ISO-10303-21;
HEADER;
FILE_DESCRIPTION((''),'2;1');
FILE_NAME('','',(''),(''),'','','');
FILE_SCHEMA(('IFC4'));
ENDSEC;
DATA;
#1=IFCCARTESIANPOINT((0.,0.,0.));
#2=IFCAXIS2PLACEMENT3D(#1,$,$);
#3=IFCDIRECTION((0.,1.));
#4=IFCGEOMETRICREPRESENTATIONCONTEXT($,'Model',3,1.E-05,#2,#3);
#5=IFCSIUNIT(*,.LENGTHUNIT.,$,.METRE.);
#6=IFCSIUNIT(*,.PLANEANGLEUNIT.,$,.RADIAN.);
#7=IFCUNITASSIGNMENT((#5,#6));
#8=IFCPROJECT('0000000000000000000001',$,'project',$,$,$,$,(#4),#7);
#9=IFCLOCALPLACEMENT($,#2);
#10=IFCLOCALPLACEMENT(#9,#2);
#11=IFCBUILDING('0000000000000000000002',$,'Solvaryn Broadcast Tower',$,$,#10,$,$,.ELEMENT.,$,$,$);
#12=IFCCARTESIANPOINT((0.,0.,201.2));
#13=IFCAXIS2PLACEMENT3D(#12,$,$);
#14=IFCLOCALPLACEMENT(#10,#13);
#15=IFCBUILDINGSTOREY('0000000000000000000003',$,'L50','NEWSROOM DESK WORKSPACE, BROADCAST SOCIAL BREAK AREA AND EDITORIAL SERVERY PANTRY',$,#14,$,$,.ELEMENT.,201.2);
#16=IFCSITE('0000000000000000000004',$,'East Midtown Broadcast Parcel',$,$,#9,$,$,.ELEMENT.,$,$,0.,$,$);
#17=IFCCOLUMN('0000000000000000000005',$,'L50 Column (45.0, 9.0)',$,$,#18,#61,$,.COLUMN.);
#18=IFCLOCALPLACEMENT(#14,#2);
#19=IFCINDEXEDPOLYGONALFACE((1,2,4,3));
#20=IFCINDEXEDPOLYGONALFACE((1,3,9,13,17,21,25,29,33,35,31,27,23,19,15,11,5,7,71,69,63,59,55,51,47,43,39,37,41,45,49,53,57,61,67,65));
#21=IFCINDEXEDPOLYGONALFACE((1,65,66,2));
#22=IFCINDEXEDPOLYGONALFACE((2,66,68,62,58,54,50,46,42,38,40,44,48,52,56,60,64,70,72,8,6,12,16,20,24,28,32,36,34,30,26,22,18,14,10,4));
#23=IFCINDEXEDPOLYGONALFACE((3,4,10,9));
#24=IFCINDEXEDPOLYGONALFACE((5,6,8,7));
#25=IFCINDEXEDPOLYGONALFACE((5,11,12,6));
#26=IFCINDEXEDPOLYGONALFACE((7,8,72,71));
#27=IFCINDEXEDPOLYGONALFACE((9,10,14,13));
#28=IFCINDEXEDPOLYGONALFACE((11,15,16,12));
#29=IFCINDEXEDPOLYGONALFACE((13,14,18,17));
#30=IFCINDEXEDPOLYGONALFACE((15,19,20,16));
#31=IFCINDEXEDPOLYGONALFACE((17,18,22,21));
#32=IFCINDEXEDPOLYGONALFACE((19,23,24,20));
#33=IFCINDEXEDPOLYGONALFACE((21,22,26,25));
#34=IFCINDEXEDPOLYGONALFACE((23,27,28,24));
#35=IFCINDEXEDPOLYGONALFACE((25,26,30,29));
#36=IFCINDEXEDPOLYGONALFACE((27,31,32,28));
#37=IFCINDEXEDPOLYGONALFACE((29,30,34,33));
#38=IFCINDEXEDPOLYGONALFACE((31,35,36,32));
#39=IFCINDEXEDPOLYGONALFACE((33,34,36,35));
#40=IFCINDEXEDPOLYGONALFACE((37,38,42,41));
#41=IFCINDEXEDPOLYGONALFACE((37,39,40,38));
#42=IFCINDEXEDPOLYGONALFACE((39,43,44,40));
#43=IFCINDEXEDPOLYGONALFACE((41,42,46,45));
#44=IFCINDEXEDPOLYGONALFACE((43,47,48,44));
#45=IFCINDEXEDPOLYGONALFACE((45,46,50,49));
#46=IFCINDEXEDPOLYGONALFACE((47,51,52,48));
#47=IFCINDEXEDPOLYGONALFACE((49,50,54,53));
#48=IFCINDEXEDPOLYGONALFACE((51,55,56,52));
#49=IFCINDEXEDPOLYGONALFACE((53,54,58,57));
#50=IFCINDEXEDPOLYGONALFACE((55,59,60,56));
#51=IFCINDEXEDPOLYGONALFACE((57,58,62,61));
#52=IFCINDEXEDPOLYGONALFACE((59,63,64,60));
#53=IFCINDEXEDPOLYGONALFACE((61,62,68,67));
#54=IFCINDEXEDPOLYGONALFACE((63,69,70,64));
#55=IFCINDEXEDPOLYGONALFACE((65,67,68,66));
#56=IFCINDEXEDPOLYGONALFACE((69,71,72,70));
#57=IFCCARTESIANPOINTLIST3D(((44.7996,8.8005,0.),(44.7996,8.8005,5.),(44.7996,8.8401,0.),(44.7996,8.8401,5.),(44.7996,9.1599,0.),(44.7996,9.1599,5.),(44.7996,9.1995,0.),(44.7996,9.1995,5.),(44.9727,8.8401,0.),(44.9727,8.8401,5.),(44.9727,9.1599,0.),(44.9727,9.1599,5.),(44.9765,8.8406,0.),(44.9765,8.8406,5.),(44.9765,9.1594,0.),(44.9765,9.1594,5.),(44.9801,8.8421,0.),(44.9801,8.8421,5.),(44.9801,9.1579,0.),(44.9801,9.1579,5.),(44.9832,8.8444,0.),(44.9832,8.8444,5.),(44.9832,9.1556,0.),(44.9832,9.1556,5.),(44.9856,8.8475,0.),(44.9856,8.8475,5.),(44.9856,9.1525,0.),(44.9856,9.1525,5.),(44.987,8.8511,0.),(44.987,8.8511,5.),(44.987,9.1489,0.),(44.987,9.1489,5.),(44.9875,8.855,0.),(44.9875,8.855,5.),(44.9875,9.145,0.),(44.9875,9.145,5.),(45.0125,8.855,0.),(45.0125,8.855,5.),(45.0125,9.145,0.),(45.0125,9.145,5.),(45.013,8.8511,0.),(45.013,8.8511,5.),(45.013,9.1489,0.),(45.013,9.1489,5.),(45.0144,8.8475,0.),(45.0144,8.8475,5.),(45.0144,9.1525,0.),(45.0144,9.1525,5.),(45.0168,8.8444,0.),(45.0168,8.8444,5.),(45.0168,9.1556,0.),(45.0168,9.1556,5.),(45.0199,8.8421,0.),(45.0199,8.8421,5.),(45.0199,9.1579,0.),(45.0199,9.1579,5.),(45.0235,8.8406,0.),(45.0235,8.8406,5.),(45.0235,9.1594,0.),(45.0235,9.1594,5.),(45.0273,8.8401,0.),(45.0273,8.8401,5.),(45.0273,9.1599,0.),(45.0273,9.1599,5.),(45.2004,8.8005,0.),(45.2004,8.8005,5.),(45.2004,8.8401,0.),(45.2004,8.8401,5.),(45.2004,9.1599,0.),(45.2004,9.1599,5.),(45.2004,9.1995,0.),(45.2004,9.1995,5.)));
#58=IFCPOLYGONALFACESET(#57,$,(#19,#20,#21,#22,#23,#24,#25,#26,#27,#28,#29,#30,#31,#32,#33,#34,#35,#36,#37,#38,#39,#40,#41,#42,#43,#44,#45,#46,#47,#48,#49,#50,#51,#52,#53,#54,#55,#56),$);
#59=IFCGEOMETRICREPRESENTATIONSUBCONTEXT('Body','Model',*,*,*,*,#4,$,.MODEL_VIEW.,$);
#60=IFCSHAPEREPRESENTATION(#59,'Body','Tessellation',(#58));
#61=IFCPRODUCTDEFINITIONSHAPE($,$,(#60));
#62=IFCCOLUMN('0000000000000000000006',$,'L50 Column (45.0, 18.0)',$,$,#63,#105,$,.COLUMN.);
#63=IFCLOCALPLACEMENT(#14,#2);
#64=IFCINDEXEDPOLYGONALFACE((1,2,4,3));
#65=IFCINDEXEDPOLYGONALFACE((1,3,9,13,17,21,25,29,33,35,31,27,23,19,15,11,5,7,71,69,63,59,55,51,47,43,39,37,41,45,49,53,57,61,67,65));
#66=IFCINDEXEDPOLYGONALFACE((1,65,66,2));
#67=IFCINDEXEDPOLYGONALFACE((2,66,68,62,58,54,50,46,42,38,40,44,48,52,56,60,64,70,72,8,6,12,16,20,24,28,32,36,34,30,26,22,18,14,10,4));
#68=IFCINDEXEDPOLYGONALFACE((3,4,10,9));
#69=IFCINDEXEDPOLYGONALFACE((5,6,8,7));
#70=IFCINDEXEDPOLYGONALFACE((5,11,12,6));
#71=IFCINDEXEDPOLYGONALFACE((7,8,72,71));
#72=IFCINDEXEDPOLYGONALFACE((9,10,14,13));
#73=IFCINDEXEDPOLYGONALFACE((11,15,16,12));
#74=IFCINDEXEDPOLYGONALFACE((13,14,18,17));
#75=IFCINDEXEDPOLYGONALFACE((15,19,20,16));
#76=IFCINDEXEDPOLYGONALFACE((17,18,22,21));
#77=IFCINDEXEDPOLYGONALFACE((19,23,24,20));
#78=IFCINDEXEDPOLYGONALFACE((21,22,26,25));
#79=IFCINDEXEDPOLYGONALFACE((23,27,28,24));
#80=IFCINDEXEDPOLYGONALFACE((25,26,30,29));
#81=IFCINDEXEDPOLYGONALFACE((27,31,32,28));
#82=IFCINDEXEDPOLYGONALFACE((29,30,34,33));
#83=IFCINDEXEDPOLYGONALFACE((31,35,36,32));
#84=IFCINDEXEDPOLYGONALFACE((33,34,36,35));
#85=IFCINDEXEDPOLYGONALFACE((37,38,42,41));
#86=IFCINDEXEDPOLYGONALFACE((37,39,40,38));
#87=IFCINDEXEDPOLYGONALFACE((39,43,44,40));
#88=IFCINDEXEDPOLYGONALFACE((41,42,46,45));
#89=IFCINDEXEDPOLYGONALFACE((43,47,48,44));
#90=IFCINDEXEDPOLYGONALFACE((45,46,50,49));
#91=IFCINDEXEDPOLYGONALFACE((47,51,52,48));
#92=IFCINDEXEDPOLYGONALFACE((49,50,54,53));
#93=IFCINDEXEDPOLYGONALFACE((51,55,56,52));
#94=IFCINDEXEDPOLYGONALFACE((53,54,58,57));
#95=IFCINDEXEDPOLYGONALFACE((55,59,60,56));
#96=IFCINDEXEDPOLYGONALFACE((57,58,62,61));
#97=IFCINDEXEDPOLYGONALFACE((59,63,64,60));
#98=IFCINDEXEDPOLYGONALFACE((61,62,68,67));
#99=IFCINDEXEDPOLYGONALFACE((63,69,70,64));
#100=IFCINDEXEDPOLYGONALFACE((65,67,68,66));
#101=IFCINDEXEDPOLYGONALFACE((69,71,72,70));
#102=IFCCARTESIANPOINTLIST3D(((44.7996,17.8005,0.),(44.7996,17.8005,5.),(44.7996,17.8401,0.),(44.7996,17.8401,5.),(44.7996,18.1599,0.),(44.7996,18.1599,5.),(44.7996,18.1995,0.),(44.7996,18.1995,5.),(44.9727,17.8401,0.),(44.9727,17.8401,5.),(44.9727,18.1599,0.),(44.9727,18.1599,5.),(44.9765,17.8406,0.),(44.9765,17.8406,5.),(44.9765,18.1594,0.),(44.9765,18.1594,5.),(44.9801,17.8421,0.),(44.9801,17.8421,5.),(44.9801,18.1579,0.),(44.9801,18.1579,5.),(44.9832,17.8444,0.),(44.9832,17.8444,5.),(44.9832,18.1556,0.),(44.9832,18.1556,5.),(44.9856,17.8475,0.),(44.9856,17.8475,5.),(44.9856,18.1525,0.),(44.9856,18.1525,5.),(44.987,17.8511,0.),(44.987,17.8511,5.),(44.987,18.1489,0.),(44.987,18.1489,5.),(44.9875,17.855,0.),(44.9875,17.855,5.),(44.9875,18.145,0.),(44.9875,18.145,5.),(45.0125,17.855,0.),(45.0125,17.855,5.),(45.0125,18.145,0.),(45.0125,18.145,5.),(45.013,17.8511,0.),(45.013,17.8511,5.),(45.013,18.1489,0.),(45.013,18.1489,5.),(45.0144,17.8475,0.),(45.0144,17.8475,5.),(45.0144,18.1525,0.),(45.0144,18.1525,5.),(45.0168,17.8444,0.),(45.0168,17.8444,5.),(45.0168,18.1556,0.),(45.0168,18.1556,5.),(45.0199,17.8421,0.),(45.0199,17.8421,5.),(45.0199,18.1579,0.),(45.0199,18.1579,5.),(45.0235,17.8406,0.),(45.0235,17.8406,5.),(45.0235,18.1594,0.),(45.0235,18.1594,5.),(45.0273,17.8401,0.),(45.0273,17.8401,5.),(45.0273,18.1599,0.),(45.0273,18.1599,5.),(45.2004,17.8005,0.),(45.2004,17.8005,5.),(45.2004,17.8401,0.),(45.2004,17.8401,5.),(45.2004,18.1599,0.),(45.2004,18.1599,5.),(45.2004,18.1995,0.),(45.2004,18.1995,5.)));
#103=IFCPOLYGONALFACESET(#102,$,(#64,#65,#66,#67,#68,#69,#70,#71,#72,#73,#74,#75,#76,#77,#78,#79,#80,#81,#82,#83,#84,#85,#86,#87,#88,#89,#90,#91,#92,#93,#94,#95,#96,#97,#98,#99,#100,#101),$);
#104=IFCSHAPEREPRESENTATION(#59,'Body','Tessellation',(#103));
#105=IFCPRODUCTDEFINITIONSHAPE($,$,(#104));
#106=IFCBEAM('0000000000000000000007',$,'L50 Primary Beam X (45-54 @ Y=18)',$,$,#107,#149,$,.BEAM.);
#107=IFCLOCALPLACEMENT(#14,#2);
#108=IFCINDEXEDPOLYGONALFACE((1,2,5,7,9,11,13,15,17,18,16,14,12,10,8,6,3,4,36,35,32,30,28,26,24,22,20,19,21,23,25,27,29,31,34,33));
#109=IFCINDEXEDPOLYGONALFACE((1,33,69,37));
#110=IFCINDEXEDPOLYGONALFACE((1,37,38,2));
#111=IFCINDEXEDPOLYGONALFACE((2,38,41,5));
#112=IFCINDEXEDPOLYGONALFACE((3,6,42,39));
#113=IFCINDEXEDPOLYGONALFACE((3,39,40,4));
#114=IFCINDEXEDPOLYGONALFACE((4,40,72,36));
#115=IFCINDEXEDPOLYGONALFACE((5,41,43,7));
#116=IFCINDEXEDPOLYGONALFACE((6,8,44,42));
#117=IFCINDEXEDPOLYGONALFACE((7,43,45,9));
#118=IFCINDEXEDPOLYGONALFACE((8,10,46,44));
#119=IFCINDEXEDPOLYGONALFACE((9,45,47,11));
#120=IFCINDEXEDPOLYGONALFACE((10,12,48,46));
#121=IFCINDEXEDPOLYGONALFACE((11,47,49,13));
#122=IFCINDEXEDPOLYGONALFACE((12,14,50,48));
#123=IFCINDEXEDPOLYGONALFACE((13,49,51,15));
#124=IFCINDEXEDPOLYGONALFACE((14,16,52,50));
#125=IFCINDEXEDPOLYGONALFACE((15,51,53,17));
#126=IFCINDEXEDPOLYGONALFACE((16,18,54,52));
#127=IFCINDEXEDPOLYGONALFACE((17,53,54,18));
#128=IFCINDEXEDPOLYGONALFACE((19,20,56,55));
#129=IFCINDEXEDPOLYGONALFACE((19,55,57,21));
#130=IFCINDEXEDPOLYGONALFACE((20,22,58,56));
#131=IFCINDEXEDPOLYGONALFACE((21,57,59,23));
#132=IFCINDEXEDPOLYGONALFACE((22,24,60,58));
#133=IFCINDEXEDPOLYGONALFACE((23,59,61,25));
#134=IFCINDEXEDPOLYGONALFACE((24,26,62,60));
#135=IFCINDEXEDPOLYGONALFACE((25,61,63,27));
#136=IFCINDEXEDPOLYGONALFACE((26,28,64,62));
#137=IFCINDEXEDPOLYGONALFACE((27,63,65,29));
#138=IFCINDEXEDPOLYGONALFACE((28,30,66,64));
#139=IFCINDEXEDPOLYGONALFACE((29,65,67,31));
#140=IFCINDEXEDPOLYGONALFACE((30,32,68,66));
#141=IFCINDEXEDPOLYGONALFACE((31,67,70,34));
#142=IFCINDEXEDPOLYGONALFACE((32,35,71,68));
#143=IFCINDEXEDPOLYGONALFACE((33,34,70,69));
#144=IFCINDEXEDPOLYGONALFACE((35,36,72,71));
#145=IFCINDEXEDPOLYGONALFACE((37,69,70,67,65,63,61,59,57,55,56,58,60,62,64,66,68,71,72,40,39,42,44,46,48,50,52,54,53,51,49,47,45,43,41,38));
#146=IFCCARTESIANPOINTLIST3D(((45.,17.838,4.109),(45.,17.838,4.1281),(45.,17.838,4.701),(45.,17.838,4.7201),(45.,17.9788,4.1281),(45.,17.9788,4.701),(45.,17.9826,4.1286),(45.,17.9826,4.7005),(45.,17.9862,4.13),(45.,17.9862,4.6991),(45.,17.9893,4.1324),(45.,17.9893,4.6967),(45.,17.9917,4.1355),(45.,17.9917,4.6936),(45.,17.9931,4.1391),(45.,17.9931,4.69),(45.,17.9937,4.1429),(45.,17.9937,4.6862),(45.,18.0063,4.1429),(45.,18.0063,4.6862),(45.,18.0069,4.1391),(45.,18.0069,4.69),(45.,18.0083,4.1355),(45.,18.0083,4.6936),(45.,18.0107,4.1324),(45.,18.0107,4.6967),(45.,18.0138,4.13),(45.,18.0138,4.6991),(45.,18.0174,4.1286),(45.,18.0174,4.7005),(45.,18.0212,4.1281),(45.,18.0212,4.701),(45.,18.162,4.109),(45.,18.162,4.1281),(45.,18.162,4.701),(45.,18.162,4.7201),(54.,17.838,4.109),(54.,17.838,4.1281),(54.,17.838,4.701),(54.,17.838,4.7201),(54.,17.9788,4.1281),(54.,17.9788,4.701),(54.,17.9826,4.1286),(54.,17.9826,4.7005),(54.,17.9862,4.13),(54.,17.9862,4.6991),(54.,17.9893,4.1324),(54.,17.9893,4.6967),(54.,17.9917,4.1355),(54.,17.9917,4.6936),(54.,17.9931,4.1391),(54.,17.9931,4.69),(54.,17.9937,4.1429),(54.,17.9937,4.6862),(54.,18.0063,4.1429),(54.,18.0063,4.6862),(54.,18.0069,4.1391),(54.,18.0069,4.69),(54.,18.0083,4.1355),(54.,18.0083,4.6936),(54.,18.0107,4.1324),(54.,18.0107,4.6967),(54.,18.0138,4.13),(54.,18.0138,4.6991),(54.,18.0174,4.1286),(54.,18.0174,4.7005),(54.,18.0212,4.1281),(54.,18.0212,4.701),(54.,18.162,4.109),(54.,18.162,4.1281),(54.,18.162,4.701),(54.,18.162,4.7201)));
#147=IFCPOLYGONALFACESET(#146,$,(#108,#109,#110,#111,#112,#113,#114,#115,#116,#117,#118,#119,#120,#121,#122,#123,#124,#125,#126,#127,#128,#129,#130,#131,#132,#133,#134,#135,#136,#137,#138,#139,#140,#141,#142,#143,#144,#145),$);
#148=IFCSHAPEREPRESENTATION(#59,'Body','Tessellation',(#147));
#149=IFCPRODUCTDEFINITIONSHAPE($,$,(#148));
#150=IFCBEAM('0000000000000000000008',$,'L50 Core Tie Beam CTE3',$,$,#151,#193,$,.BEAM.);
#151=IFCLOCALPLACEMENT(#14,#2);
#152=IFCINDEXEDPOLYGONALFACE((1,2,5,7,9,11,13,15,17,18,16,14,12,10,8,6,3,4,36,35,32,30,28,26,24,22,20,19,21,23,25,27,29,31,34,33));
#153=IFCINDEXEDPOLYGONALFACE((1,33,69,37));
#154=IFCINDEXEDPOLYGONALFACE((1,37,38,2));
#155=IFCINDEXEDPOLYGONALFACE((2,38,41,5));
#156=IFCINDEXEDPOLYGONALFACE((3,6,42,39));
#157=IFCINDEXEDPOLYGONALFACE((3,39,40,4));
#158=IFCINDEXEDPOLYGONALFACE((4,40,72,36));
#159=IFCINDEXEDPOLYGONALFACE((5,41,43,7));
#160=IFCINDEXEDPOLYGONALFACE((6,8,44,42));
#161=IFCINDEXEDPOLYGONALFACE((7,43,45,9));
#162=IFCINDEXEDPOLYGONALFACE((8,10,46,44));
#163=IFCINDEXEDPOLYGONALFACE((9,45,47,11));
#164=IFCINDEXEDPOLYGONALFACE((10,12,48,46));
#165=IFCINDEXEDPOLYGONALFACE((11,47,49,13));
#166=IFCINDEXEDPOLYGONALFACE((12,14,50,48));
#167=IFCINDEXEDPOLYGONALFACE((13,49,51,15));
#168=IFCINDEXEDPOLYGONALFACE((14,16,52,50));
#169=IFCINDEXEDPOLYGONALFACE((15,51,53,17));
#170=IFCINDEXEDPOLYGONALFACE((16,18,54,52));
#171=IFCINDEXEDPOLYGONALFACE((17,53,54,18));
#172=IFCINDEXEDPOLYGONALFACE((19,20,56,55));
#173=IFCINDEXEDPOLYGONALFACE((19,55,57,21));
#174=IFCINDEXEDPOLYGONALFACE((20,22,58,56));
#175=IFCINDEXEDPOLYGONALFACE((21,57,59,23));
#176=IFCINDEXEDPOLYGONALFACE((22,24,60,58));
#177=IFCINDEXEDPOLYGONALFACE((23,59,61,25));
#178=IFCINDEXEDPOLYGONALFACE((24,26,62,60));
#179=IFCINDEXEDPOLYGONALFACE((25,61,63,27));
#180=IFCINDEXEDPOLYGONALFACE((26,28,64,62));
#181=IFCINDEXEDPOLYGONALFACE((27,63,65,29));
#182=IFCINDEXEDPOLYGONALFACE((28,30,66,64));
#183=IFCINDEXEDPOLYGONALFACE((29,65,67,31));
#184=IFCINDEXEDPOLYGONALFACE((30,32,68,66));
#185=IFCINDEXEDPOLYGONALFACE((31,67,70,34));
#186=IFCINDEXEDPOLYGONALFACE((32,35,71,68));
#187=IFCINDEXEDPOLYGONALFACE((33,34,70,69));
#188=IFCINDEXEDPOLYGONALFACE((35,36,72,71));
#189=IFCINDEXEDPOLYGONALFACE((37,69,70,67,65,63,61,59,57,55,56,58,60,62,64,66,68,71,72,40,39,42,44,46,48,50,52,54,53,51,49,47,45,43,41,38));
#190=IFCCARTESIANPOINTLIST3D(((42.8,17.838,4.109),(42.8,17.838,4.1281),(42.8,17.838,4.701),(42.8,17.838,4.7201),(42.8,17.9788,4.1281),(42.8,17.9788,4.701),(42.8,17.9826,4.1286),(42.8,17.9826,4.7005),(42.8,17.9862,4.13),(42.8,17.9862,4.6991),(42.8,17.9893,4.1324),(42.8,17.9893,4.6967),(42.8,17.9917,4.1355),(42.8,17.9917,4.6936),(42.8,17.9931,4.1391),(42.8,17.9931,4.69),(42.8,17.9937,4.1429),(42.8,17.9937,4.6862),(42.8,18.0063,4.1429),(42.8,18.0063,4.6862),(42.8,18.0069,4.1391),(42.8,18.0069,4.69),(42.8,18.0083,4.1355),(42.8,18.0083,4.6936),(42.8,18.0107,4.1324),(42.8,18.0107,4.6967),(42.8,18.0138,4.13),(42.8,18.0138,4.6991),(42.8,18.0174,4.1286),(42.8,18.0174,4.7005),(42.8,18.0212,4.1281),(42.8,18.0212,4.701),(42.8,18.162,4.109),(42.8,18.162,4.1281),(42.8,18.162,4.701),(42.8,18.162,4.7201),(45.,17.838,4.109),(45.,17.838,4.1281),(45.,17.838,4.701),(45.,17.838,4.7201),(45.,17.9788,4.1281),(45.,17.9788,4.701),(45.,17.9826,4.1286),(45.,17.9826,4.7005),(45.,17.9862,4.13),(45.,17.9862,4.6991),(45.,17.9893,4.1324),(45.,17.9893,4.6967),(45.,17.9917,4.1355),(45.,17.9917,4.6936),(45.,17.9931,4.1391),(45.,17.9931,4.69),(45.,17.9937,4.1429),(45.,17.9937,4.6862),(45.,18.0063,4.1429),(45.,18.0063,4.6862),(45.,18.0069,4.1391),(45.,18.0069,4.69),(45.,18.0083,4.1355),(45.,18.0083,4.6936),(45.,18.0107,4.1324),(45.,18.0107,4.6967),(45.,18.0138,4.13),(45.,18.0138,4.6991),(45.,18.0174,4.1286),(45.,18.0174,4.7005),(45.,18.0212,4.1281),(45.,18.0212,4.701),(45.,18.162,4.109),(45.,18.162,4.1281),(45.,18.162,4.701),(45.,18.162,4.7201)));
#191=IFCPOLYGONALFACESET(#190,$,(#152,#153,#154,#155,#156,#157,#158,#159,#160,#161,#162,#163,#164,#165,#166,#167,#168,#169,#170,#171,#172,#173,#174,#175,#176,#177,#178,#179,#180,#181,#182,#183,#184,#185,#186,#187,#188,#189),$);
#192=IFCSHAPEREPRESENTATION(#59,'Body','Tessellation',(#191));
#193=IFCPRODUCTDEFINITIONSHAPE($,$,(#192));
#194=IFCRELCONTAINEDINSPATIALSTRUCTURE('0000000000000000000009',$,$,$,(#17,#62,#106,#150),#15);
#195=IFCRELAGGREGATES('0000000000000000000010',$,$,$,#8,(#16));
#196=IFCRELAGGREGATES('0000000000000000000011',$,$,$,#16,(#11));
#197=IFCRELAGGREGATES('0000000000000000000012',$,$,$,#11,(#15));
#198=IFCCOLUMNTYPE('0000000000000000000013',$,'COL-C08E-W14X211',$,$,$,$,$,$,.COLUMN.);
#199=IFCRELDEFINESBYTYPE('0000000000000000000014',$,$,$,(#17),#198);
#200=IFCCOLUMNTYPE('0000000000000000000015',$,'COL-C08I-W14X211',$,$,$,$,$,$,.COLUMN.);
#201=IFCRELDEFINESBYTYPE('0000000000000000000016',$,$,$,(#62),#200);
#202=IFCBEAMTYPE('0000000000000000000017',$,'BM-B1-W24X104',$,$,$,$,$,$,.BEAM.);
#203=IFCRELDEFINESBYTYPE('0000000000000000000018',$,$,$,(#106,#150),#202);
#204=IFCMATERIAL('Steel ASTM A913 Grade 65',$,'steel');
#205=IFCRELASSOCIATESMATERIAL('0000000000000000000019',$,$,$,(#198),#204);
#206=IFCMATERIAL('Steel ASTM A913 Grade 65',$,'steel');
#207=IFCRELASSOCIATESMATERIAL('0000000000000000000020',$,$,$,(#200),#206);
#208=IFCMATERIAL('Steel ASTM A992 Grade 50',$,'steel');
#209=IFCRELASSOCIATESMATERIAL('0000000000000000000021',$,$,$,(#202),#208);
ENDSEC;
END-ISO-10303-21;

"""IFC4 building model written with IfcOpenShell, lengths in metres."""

from ifc_helpers import new_model, si_unit, direction, frame, origin, origin_2d, place, context, subcontext, project, spatial, i_section, extrude, material, material_profile, profile_set, type_object, element, save


model = new_model("IFC4")

# Units and contexts
model_context = context("Model", 3, precision=1e-05, world=origin(), true_north=direction((0.0, 1.0)))
body_context = subcontext(model_context, "Body", "Model", "MODEL_VIEW")
ifc_project = project(units=[si_unit("LENGTHUNIT", "METRE"), si_unit("PLANEANGLEUNIT", "RADIAN")], contexts=[model_context])

# Site, building, storey
site_placement = place(None, origin())
site = spatial("IfcSite", under=ifc_project, at=site_placement, Name="East Midtown Broadcast Parcel", CompositionType="ELEMENT", RefElevation=0.0)
building_placement = place(site_placement, origin())
building = spatial("IfcBuilding", under=site, at=building_placement, Name="Solvaryn Broadcast Tower", CompositionType="ELEMENT")
storey_placement = place(building_placement, frame((0.0, 0.0, 201.2)))
storey = spatial("IfcBuildingStorey", under=building, at=storey_placement, Name="L50", Description="NEWSROOM DESK WORKSPACE, BROADCAST SOCIAL BREAK AREA AND EDITORIAL SERVERY PANTRY", CompositionType="ELEMENT", Elevation=201.2)

# Columns
ifc_material_1 = material(Name="Steel ASTM A913 Grade 65", Category="steel")
ifc_material_profile_1 = material_profile(ifc_material_1, i_section(OverallWidth=0.4009, OverallDepth=0.3989, WebThickness=0.0249, FlangeThickness=0.0396, FilletRadius=0.0149, at=origin_2d()))
ifc_profile_set_1 = profile_set([ifc_material_profile_1], Name="Steel ASTM A913 Grade 65")
column_type_1 = type_object("IfcColumnType", Name="COL-C08E-W14X211", PredefinedType="COLUMN", material=ifc_profile_set_1)
column_1_placement = place(storey_placement, frame((45.0, 9.0, 0.0), z_axis=(0.0, 0.0, 1.0), x_axis=(1.0, 0.0, 0.0)))
element("IfcColumn", 1, at=column_1_placement, inside=storey, type_object=column_type_1, Name="L50 Column (45.0, 9.0)", PredefinedType="COLUMN", context=body_context, shape_type="SweptSolid", body=[
    extrude(i_section(OverallWidth=0.4009, OverallDepth=0.3989, WebThickness=0.0249, FlangeThickness=0.0396, FilletRadius=0.0149, at=origin_2d()), origin(), (0.0, 0.0, 1.0), 5.0),
])
ifc_material_2 = material(Name="Steel ASTM A913 Grade 65", Category="steel")
ifc_material_profile_2 = material_profile(ifc_material_2, i_section(OverallWidth=0.4009, OverallDepth=0.3989, WebThickness=0.0249, FlangeThickness=0.0396, FilletRadius=0.0149, at=origin_2d()))
ifc_profile_set_2 = profile_set([ifc_material_profile_2], Name="Steel ASTM A913 Grade 65")
column_type_2 = type_object("IfcColumnType", Name="COL-C08I-W14X211", PredefinedType="COLUMN", material=ifc_profile_set_2)
column_2_placement = place(storey_placement, frame((45.0, 18.0, 0.0), z_axis=(0.0, 0.0, 1.0), x_axis=(1.0, 0.0, 0.0)))
element("IfcColumn", 2, at=column_2_placement, inside=storey, type_object=column_type_2, Name="L50 Column (45.0, 18.0)", PredefinedType="COLUMN", context=body_context, shape_type="SweptSolid", body=[
    extrude(i_section(OverallWidth=0.4009, OverallDepth=0.3989, WebThickness=0.0249, FlangeThickness=0.0396, FilletRadius=0.0149, at=origin_2d()), origin(), (0.0, 0.0, 1.0), 5.0),
])

# Beams
ifc_material_3 = material(Name="Steel ASTM A992 Grade 50", Category="steel")
ifc_material_profile_3 = material_profile(ifc_material_3, i_section(OverallWidth=0.324, OverallDepth=0.6111, WebThickness=0.0127, FlangeThickness=0.019, FilletRadius=0.0149, at=origin_2d()))
ifc_profile_set_3 = profile_set([ifc_material_profile_3], Name="Steel ASTM A992 Grade 50")
beam_type = type_object("IfcBeamType", Name="BM-B1-W24X104", PredefinedType="BEAM", material=ifc_profile_set_3)
beam_1_placement = place(storey_placement, frame((45.0, 18.0, 4.4146), z_axis=(1.0, 0.0, 0.0), x_axis=(0.0, 1.0, 0.0)))
element("IfcBeam", 3, at=beam_1_placement, inside=storey, type_object=beam_type, Name="L50 Primary Beam X (45-54 @ Y=18)", PredefinedType="BEAM", context=body_context, shape_type="SweptSolid", body=[
    extrude(i_section(OverallWidth=0.324, OverallDepth=0.6111, WebThickness=0.0127, FlangeThickness=0.019, FilletRadius=0.0149, at=origin_2d()), origin(), (0.0, 0.0, 1.0), 9.0),
])
beam_2_placement = place(storey_placement, frame((42.8, 18.0, 4.4146), z_axis=(1.0, 0.0, 0.0), x_axis=(0.0, 1.0, 0.0)))
element("IfcBeam", 4, at=beam_2_placement, inside=storey, type_object=beam_type, Name="L50 Core Tie Beam CTE3", PredefinedType="BEAM", context=body_context, shape_type="SweptSolid", body=[
    extrude(i_section(OverallWidth=0.324, OverallDepth=0.6111, WebThickness=0.0127, FlangeThickness=0.019, FilletRadius=0.0149, at=origin_2d()), origin(), (0.0, 0.0, 1.0), 2.2),
])

save(model, "model.ifc")
